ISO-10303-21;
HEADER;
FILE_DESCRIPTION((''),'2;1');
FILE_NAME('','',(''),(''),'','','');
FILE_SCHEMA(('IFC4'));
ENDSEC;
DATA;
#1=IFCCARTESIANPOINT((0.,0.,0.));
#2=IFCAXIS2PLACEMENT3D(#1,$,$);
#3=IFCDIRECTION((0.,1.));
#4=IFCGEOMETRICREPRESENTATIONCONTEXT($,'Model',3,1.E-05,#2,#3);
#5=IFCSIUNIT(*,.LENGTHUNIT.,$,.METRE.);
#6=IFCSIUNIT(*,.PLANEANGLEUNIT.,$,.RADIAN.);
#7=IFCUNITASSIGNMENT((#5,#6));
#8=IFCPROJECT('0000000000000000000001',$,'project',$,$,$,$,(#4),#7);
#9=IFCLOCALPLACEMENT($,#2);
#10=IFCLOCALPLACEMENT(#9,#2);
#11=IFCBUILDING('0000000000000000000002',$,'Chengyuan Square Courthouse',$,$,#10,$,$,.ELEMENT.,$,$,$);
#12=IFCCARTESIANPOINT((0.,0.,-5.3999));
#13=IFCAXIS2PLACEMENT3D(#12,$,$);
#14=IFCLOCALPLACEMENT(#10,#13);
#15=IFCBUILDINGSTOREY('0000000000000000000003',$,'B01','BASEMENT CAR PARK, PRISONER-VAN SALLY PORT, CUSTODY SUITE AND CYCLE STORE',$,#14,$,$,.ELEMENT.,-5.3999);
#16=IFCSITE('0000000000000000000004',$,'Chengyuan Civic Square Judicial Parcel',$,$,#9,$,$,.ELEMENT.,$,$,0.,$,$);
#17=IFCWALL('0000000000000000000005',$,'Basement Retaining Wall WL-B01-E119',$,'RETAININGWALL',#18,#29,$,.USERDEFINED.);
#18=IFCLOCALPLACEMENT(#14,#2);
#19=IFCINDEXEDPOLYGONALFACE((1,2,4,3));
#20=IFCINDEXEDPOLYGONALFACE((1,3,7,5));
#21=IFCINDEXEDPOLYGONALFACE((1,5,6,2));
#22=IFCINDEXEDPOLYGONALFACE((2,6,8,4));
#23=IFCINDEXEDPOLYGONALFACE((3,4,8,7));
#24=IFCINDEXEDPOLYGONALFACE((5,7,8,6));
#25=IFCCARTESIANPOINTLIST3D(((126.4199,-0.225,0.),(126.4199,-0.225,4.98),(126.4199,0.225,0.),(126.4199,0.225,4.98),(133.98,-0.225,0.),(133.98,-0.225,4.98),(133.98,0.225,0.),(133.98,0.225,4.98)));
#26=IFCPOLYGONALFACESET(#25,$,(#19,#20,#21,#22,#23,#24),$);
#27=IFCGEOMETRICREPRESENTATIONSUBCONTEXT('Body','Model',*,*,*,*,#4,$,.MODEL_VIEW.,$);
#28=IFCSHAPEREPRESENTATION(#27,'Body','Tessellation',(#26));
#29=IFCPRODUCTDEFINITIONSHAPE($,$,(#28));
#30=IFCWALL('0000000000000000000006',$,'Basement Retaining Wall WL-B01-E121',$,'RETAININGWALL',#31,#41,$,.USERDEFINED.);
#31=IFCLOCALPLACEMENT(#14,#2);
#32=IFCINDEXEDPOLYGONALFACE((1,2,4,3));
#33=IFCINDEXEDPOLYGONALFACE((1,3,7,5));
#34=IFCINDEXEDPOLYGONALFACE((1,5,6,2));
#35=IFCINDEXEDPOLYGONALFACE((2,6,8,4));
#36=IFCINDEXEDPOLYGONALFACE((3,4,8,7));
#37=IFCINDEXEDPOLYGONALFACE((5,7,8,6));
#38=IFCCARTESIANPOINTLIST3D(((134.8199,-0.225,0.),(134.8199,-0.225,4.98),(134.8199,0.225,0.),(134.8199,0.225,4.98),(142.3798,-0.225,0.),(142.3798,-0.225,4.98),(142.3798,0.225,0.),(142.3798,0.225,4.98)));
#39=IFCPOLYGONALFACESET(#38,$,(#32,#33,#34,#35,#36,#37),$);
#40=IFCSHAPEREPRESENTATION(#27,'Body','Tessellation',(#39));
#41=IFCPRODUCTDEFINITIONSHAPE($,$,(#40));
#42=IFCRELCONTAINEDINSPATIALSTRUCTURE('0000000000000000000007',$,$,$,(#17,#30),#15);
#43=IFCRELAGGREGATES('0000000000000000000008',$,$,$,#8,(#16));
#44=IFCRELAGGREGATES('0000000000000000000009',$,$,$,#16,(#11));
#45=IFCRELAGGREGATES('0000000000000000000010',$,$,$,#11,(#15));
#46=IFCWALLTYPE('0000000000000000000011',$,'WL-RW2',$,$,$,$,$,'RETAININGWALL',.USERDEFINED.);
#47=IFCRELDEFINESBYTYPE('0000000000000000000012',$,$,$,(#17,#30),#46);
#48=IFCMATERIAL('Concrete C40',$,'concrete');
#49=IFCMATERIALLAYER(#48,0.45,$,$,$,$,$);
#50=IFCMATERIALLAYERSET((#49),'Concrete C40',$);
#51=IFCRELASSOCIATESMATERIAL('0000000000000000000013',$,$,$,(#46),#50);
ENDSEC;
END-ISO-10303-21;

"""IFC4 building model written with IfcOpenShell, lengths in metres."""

from ifc_helpers import new_model, si_unit, direction, frame, frame_2d, origin, place, context, subcontext, project, spatial, rectangle, extrude, material, layer, layer_set, type_object, element, save


model = new_model("IFC4")

# Units and contexts
model_context = context("Model", 3, precision=1e-05, world=origin(), true_north=direction((0.0, 1.0)))
body_context = subcontext(model_context, "Body", "Model", "MODEL_VIEW")
ifc_project = project(units=[si_unit("LENGTHUNIT", "METRE"), si_unit("PLANEANGLEUNIT", "RADIAN")], contexts=[model_context])

# Site, building, storey
site_placement = place(None, origin())
site = spatial("IfcSite", under=ifc_project, at=site_placement, Name="Chengyuan Civic Square Judicial Parcel", CompositionType="ELEMENT", RefElevation=0.0)
building_placement = place(site_placement, origin())
building = spatial("IfcBuilding", under=site, at=building_placement, Name="Chengyuan Square Courthouse", CompositionType="ELEMENT")
storey_placement = place(building_placement, frame((0.0, 0.0, -5.3999)))
storey = spatial("IfcBuildingStorey", under=building, at=storey_placement, Name="B01", Description="BASEMENT CAR PARK, PRISONER-VAN SALLY PORT, CUSTODY SUITE AND CYCLE STORE", CompositionType="ELEMENT", Elevation=-5.3999)

# Shared definitions
ifc_material_1 = material(Name="Concrete C40", Category="concrete")

# Walls
ifc_layer = layer(ifc_material_1, 0.45)
ifc_layer_set = layer_set([ifc_layer], Name="Concrete C40")
wall_type = type_object("IfcWallType", Name="WL-RW2", ElementType="RETAININGWALL", PredefinedType="USERDEFINED", material=ifc_layer_set)
wall_1_placement = place(storey_placement, frame((126.4199, 0.0, 0.0), z_axis=(0.0, 0.0, 1.0), x_axis=(1.0, 0.0, 0.0)))
element("IfcWall", 1, at=wall_1_placement, inside=storey, type_object=wall_type, Name="Basement Retaining Wall WL-B01-E119", ObjectType="RETAININGWALL", PredefinedType="USERDEFINED", context=body_context, shape_type="SweptSolid", body=[
    extrude(rectangle(XDim=7.5601, YDim=0.45, at=frame_2d((3.78, 0.0))), origin(), (0.0, 0.0, 1.0), 4.98),
])
wall_2_placement = place(storey_placement, frame((134.8201, 0.0, 0.0), z_axis=(0.0, 0.0, 1.0), x_axis=(1.0, 0.0, 0.0)))
element("IfcWall", 2, at=wall_2_placement, inside=storey, type_object=wall_type, Name="Basement Retaining Wall WL-B01-E121", ObjectType="RETAININGWALL", PredefinedType="USERDEFINED", context=body_context, shape_type="SweptSolid", body=[
    extrude(rectangle(XDim=7.5598, YDim=0.45, at=frame_2d((3.7798, 0.0))), origin(), (0.0, 0.0, 1.0), 4.98),
])

save(model, "model.ifc")
